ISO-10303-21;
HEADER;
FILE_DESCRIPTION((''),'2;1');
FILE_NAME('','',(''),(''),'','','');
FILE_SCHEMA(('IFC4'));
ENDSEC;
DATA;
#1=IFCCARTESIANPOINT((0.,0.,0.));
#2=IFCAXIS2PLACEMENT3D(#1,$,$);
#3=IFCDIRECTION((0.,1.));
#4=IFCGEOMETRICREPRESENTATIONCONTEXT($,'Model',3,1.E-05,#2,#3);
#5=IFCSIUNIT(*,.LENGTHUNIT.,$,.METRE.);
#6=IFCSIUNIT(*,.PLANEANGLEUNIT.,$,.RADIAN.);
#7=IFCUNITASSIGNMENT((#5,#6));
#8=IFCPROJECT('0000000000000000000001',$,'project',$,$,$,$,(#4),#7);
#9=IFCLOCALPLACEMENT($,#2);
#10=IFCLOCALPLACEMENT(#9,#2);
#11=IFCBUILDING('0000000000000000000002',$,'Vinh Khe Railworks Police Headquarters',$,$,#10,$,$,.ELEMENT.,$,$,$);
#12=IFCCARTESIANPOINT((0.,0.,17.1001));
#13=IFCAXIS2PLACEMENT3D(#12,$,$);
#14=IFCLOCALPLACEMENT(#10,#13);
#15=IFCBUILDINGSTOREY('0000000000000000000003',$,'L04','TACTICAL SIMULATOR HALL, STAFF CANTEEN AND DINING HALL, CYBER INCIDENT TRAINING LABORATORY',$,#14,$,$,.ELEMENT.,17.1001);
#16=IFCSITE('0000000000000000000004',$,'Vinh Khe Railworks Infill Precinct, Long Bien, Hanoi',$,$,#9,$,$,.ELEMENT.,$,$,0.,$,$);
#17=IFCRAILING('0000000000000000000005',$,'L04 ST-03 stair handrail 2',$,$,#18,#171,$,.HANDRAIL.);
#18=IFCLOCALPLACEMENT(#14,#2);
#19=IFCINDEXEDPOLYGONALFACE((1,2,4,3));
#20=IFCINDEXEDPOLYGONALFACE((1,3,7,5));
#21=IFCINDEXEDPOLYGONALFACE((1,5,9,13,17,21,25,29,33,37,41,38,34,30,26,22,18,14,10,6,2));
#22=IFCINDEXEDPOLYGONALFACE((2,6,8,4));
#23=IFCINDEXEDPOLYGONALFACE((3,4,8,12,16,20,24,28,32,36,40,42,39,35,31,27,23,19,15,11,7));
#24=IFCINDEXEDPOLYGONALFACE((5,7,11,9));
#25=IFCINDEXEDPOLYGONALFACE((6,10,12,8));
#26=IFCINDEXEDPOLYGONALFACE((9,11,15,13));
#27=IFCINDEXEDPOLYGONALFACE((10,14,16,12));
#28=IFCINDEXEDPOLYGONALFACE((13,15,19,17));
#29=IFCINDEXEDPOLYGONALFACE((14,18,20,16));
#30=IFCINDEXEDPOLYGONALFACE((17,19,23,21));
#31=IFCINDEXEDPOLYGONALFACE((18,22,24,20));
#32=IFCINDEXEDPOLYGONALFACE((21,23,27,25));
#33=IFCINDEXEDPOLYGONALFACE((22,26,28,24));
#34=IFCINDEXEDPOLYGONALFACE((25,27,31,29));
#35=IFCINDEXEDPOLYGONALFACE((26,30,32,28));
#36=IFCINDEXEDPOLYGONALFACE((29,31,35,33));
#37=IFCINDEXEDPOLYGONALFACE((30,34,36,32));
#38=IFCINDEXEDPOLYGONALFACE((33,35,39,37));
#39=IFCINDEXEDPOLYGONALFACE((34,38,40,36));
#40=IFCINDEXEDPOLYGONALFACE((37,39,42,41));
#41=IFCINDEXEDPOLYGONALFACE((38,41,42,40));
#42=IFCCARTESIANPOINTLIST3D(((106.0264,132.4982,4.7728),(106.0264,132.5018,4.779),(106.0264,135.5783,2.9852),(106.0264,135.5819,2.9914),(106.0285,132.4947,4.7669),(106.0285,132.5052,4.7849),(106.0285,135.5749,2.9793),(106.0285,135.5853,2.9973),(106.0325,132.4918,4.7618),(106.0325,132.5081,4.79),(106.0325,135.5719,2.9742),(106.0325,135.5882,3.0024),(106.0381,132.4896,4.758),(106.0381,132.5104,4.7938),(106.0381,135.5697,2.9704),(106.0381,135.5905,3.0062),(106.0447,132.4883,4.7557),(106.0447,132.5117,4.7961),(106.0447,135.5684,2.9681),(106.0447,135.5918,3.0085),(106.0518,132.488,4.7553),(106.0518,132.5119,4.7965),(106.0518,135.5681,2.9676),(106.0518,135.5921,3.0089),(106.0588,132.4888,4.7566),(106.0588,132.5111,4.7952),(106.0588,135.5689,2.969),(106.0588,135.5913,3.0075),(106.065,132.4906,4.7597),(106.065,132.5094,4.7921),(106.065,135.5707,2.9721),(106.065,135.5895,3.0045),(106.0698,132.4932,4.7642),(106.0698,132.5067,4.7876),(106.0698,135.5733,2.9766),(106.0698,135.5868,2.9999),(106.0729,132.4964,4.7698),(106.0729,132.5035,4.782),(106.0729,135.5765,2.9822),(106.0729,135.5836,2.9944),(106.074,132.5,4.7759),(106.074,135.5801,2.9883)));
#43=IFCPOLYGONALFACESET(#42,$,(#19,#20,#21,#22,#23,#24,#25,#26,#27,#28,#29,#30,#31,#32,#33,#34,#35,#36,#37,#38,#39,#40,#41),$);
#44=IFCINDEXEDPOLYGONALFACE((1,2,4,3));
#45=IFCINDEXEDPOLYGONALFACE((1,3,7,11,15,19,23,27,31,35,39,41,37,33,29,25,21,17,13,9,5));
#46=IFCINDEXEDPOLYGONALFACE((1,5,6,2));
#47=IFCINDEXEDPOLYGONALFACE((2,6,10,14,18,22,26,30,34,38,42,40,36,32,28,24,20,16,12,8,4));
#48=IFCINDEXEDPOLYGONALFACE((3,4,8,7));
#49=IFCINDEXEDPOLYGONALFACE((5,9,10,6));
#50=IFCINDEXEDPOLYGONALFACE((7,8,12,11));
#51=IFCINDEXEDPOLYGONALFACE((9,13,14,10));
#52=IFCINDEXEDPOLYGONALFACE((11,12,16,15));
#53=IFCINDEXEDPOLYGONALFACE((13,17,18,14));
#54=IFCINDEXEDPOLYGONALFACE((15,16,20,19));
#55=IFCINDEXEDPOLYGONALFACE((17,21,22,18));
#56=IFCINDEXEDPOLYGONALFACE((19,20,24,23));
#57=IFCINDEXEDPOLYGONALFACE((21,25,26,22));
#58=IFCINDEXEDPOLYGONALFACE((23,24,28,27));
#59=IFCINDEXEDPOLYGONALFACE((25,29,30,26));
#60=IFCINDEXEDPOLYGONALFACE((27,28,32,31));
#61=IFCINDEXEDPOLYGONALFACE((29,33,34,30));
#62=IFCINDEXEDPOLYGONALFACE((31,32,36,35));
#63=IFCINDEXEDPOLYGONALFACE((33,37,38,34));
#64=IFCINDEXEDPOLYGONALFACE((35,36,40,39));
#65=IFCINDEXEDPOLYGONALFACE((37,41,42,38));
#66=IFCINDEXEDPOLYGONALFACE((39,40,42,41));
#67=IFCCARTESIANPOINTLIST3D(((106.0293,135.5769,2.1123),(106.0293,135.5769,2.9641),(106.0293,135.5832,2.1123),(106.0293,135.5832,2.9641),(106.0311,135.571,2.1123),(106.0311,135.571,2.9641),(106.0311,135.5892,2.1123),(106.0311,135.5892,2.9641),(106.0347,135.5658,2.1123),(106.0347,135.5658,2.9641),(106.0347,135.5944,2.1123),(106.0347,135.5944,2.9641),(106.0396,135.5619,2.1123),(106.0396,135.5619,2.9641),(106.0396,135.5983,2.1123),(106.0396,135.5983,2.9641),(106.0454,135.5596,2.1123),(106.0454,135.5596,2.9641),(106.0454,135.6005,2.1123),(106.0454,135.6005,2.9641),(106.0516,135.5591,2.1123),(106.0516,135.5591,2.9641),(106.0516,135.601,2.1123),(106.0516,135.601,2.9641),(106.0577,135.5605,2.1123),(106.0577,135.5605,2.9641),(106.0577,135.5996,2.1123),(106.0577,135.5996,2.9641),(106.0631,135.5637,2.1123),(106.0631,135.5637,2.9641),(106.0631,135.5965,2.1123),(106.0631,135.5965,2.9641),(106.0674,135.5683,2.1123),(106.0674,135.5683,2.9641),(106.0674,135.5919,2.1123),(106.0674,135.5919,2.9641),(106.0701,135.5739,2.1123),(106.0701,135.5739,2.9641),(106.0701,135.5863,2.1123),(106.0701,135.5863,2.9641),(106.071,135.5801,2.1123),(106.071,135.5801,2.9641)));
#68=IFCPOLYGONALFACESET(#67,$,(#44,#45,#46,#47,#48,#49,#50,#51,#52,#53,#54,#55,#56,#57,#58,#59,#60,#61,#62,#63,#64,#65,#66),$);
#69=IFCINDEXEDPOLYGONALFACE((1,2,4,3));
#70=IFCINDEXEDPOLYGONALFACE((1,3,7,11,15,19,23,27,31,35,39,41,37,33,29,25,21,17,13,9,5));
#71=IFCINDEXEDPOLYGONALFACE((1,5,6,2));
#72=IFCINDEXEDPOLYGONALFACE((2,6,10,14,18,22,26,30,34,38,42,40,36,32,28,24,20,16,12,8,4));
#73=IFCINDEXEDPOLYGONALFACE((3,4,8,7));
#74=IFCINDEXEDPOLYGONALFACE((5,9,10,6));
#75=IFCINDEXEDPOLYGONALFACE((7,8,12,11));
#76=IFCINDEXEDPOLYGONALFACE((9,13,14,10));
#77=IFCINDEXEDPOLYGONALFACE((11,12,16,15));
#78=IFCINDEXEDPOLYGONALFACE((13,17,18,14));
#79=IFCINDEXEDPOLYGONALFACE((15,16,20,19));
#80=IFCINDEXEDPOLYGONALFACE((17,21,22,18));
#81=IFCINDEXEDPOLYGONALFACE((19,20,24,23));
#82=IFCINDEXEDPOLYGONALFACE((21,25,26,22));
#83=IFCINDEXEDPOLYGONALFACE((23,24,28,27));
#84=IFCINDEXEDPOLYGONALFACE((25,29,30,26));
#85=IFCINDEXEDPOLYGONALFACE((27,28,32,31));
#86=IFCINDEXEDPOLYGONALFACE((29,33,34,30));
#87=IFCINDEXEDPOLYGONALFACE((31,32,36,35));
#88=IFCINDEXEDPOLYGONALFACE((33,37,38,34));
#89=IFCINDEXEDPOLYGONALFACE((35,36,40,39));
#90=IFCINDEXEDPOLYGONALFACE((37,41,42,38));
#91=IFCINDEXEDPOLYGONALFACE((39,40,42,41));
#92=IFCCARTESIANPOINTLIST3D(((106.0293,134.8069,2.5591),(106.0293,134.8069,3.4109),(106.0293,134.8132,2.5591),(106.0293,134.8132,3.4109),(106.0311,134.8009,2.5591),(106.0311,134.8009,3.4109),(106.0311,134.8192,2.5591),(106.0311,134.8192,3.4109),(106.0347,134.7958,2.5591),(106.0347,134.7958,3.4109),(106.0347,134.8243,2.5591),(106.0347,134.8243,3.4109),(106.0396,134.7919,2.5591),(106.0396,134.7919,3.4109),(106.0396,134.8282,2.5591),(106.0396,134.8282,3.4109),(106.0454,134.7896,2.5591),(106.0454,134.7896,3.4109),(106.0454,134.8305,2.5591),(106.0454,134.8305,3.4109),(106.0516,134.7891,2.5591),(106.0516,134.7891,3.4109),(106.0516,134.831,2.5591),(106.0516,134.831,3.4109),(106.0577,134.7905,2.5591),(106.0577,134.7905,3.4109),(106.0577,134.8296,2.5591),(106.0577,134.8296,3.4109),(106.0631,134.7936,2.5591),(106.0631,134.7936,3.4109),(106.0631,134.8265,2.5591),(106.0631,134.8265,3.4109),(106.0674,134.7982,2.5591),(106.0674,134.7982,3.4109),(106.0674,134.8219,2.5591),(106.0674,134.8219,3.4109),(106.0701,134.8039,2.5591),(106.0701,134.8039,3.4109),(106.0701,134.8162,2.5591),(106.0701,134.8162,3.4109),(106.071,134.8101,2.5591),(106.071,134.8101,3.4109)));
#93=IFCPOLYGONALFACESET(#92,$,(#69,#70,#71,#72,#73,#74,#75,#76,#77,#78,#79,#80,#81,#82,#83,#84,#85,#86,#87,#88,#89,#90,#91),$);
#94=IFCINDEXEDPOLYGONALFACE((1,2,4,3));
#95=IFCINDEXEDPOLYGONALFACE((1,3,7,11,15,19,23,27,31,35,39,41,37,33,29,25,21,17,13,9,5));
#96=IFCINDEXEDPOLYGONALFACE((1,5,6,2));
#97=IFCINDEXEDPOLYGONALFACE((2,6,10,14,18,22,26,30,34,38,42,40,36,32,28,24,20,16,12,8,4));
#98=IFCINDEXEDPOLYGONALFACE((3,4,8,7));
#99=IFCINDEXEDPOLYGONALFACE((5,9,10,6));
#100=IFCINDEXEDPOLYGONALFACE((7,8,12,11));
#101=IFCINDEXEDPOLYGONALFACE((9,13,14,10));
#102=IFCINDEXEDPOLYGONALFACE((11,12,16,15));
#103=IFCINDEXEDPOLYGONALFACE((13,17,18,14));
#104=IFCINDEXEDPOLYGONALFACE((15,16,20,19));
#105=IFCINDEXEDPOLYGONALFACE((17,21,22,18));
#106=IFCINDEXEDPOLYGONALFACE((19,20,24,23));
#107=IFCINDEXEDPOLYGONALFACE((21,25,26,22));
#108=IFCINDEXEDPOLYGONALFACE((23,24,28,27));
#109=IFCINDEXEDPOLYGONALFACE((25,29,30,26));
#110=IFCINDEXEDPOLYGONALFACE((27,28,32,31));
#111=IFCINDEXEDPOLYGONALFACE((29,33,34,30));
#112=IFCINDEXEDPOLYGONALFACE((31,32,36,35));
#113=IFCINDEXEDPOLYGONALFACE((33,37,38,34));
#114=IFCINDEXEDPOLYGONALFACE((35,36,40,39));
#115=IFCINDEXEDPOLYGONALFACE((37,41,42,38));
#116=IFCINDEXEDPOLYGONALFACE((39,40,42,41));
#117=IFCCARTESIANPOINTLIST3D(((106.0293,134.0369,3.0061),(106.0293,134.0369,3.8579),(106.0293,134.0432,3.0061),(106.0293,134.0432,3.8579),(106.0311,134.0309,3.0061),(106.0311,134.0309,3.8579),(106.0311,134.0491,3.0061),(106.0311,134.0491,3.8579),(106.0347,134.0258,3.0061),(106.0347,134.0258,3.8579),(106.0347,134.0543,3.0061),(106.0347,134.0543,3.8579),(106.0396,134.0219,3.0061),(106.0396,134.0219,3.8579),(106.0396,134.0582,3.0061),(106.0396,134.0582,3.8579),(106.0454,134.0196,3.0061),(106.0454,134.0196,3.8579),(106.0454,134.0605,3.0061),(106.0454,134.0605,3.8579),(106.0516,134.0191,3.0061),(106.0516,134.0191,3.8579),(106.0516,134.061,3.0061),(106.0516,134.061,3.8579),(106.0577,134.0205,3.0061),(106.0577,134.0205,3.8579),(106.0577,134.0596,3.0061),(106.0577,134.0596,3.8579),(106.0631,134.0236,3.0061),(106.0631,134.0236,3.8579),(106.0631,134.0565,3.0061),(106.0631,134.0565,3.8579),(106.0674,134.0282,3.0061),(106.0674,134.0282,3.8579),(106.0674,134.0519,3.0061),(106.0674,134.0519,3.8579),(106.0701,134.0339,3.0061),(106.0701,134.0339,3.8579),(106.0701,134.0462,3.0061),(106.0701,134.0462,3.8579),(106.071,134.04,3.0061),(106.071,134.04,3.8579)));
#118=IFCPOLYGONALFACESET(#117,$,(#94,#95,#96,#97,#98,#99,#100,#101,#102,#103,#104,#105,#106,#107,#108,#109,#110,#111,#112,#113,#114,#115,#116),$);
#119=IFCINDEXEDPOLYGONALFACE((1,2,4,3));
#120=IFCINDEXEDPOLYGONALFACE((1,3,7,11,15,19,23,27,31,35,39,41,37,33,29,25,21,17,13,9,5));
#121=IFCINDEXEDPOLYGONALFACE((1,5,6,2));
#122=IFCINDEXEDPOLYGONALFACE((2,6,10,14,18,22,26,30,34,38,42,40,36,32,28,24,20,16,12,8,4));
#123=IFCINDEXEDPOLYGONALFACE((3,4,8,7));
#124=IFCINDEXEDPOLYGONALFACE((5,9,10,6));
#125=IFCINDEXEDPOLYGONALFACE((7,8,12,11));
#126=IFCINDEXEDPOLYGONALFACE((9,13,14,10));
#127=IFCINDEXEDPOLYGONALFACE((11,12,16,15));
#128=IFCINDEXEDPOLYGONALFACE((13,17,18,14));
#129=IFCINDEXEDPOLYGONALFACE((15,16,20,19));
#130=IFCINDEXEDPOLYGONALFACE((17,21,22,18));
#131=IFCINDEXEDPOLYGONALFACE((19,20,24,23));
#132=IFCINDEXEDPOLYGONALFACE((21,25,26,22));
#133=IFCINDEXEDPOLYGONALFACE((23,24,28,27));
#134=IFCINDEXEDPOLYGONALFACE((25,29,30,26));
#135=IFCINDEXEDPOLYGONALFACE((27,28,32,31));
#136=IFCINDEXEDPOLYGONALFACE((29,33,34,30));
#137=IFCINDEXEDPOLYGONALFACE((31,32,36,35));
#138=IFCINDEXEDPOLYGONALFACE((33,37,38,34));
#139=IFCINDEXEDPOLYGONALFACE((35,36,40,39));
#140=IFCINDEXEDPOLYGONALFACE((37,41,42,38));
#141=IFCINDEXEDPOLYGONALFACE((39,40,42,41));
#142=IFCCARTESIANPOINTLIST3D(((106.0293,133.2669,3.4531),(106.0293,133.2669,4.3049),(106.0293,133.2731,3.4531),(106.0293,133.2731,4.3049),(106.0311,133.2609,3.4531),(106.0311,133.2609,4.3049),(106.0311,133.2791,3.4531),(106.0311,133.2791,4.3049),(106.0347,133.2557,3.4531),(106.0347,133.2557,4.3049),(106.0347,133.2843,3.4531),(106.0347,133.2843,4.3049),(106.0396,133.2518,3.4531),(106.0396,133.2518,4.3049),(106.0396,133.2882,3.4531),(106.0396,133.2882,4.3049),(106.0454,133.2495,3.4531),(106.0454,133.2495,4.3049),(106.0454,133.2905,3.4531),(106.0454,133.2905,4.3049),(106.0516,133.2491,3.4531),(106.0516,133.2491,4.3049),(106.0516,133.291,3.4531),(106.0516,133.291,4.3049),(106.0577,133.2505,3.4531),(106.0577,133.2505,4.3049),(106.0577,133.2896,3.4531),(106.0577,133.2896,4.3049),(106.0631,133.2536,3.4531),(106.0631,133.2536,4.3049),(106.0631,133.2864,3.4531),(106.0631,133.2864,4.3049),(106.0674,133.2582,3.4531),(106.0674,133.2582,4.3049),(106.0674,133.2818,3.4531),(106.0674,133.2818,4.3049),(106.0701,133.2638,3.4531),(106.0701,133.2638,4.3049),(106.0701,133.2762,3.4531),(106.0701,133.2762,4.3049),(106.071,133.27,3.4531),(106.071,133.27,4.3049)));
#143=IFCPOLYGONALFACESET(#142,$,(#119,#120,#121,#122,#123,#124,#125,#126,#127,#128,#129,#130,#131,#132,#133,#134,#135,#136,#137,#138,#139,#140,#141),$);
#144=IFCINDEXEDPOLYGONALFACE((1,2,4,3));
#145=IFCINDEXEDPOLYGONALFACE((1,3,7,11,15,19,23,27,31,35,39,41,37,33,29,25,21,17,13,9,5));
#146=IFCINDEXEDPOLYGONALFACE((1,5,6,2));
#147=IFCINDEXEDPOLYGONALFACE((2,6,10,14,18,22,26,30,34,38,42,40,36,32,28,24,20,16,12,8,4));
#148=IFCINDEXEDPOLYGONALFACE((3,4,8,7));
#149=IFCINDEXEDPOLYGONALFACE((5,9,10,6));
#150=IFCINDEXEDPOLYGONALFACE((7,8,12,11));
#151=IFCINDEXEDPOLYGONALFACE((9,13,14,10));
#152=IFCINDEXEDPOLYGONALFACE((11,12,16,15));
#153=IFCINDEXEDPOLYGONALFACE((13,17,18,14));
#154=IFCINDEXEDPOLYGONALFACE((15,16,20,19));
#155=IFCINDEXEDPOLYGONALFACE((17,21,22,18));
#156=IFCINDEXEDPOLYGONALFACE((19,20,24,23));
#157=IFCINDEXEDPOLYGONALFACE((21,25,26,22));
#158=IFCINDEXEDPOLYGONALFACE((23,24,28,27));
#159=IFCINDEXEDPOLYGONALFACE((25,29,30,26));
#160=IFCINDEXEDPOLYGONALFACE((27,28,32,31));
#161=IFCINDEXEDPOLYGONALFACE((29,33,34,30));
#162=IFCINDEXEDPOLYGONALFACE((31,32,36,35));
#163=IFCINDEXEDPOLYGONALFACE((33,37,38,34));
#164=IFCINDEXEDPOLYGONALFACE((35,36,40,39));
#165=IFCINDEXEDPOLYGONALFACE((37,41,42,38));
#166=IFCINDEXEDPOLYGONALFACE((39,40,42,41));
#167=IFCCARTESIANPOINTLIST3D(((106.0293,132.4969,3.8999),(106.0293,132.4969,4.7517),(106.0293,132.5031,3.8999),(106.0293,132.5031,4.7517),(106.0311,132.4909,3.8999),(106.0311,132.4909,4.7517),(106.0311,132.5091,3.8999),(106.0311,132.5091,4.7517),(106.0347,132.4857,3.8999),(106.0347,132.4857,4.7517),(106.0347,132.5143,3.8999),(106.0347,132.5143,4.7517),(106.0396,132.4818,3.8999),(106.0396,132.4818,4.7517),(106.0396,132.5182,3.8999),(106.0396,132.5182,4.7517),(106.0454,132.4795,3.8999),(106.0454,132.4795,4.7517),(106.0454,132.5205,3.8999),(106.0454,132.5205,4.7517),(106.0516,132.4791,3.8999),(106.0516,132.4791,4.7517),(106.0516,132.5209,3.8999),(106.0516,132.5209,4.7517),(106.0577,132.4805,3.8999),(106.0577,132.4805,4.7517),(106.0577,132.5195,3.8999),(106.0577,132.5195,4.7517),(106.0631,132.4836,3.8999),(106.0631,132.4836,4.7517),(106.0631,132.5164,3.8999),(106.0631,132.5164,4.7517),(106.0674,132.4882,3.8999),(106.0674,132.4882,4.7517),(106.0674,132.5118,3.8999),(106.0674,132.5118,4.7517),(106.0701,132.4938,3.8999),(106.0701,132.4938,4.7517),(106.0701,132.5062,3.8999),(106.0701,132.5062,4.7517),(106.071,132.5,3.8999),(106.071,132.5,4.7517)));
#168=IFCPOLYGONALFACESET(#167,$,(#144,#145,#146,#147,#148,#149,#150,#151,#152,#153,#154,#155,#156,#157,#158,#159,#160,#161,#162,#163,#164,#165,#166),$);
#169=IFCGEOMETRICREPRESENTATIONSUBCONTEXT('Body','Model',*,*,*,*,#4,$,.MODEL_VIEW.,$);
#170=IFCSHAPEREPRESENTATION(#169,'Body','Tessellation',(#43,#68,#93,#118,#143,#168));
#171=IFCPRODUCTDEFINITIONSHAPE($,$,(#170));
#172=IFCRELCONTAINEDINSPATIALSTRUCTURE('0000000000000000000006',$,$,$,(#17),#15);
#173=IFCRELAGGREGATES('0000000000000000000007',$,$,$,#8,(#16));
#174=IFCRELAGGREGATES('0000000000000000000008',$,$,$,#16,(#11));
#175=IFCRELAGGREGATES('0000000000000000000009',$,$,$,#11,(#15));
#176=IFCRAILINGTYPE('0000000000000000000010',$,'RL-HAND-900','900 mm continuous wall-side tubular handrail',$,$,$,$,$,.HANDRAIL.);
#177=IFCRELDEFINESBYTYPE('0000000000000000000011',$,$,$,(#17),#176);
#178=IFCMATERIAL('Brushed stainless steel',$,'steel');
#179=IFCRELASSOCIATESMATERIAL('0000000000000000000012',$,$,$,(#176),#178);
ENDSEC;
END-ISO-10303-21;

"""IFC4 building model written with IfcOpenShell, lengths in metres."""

from ifc_helpers import new_model, si_unit, direction, frame, origin, origin_2d, place, context, subcontext, project, spatial, circle, extrude, material, type_object, element, save


model = new_model("IFC4")

# Units and contexts
model_context = context("Model", 3, precision=1e-05, world=origin(), true_north=direction((0.0, 1.0)))
body_context = subcontext(model_context, "Body", "Model", "MODEL_VIEW")
ifc_project = project(units=[si_unit("LENGTHUNIT", "METRE"), si_unit("PLANEANGLEUNIT", "RADIAN")], contexts=[model_context])

# Site, building, storey
site_placement = place(None, origin())
site = spatial("IfcSite", under=ifc_project, at=site_placement, Name="Vinh Khe Railworks Infill Precinct, Long Bien, Hanoi", CompositionType="ELEMENT", RefElevation=0.0)
building_placement = place(site_placement, origin())
building = spatial("IfcBuilding", under=site, at=building_placement, Name="Vinh Khe Railworks Police Headquarters", CompositionType="ELEMENT")
storey_placement = place(building_placement, frame((0.0, 0.0, 17.1001)))
storey = spatial("IfcBuildingStorey", under=building, at=storey_placement, Name="L04", Description="TACTICAL SIMULATOR HALL, STAFF CANTEEN AND DINING HALL, CYBER INCIDENT TRAINING LABORATORY", CompositionType="ELEMENT", Elevation=17.1001)

# Railing
ifc_material_1 = material(Name="Brushed stainless steel", Category="steel")
railing_type_1 = type_object("IfcRailingType", Name="RL-HAND-900", Description="900 mm continuous wall-side tubular handrail", PredefinedType="HANDRAIL", material=ifc_material_1)
railing_1_placement = place(storey_placement, frame((106.05, 135.5801, 2.1123)))
element("IfcRailing", 1, at=railing_1_placement, inside=storey, type_object=railing_type_1, Name="L04 ST-03 stair handrail 2", PredefinedType="HANDRAIL", context=body_context, shape_type="SweptSolid", body=[
    extrude(circle(Radius=0.0239, at=origin_2d()), frame((0.0, 0.0, 0.876), z_axis=(0.0, -0.864891, 0.50196), x_axis=(1.0, 0.0, 0.0)), (0.0, 0.0, 1.0), 3.5613),
    extrude(circle(Radius=0.021, at=origin_2d()), origin(), (0.0, 0.0, 1.0), 0.8518),
    extrude(circle(Radius=0.021, at=origin_2d()), frame((0.0, -0.77, 0.4468)), (0.0, 0.0, 1.0), 0.8518),
    extrude(circle(Radius=0.021, at=origin_2d()), frame((0.0, -1.54, 0.8938)), (0.0, 0.0, 1.0), 0.8518),
    extrude(circle(Radius=0.021, at=origin_2d()), frame((0.0, -2.3101, 1.3408)), (0.0, 0.0, 1.0), 0.8518),
    extrude(circle(Radius=0.021, at=origin_2d()), frame((0.0, -3.0801, 1.7876)), (0.0, 0.0, 1.0), 0.8518),
])

save(model, "model.ifc")
